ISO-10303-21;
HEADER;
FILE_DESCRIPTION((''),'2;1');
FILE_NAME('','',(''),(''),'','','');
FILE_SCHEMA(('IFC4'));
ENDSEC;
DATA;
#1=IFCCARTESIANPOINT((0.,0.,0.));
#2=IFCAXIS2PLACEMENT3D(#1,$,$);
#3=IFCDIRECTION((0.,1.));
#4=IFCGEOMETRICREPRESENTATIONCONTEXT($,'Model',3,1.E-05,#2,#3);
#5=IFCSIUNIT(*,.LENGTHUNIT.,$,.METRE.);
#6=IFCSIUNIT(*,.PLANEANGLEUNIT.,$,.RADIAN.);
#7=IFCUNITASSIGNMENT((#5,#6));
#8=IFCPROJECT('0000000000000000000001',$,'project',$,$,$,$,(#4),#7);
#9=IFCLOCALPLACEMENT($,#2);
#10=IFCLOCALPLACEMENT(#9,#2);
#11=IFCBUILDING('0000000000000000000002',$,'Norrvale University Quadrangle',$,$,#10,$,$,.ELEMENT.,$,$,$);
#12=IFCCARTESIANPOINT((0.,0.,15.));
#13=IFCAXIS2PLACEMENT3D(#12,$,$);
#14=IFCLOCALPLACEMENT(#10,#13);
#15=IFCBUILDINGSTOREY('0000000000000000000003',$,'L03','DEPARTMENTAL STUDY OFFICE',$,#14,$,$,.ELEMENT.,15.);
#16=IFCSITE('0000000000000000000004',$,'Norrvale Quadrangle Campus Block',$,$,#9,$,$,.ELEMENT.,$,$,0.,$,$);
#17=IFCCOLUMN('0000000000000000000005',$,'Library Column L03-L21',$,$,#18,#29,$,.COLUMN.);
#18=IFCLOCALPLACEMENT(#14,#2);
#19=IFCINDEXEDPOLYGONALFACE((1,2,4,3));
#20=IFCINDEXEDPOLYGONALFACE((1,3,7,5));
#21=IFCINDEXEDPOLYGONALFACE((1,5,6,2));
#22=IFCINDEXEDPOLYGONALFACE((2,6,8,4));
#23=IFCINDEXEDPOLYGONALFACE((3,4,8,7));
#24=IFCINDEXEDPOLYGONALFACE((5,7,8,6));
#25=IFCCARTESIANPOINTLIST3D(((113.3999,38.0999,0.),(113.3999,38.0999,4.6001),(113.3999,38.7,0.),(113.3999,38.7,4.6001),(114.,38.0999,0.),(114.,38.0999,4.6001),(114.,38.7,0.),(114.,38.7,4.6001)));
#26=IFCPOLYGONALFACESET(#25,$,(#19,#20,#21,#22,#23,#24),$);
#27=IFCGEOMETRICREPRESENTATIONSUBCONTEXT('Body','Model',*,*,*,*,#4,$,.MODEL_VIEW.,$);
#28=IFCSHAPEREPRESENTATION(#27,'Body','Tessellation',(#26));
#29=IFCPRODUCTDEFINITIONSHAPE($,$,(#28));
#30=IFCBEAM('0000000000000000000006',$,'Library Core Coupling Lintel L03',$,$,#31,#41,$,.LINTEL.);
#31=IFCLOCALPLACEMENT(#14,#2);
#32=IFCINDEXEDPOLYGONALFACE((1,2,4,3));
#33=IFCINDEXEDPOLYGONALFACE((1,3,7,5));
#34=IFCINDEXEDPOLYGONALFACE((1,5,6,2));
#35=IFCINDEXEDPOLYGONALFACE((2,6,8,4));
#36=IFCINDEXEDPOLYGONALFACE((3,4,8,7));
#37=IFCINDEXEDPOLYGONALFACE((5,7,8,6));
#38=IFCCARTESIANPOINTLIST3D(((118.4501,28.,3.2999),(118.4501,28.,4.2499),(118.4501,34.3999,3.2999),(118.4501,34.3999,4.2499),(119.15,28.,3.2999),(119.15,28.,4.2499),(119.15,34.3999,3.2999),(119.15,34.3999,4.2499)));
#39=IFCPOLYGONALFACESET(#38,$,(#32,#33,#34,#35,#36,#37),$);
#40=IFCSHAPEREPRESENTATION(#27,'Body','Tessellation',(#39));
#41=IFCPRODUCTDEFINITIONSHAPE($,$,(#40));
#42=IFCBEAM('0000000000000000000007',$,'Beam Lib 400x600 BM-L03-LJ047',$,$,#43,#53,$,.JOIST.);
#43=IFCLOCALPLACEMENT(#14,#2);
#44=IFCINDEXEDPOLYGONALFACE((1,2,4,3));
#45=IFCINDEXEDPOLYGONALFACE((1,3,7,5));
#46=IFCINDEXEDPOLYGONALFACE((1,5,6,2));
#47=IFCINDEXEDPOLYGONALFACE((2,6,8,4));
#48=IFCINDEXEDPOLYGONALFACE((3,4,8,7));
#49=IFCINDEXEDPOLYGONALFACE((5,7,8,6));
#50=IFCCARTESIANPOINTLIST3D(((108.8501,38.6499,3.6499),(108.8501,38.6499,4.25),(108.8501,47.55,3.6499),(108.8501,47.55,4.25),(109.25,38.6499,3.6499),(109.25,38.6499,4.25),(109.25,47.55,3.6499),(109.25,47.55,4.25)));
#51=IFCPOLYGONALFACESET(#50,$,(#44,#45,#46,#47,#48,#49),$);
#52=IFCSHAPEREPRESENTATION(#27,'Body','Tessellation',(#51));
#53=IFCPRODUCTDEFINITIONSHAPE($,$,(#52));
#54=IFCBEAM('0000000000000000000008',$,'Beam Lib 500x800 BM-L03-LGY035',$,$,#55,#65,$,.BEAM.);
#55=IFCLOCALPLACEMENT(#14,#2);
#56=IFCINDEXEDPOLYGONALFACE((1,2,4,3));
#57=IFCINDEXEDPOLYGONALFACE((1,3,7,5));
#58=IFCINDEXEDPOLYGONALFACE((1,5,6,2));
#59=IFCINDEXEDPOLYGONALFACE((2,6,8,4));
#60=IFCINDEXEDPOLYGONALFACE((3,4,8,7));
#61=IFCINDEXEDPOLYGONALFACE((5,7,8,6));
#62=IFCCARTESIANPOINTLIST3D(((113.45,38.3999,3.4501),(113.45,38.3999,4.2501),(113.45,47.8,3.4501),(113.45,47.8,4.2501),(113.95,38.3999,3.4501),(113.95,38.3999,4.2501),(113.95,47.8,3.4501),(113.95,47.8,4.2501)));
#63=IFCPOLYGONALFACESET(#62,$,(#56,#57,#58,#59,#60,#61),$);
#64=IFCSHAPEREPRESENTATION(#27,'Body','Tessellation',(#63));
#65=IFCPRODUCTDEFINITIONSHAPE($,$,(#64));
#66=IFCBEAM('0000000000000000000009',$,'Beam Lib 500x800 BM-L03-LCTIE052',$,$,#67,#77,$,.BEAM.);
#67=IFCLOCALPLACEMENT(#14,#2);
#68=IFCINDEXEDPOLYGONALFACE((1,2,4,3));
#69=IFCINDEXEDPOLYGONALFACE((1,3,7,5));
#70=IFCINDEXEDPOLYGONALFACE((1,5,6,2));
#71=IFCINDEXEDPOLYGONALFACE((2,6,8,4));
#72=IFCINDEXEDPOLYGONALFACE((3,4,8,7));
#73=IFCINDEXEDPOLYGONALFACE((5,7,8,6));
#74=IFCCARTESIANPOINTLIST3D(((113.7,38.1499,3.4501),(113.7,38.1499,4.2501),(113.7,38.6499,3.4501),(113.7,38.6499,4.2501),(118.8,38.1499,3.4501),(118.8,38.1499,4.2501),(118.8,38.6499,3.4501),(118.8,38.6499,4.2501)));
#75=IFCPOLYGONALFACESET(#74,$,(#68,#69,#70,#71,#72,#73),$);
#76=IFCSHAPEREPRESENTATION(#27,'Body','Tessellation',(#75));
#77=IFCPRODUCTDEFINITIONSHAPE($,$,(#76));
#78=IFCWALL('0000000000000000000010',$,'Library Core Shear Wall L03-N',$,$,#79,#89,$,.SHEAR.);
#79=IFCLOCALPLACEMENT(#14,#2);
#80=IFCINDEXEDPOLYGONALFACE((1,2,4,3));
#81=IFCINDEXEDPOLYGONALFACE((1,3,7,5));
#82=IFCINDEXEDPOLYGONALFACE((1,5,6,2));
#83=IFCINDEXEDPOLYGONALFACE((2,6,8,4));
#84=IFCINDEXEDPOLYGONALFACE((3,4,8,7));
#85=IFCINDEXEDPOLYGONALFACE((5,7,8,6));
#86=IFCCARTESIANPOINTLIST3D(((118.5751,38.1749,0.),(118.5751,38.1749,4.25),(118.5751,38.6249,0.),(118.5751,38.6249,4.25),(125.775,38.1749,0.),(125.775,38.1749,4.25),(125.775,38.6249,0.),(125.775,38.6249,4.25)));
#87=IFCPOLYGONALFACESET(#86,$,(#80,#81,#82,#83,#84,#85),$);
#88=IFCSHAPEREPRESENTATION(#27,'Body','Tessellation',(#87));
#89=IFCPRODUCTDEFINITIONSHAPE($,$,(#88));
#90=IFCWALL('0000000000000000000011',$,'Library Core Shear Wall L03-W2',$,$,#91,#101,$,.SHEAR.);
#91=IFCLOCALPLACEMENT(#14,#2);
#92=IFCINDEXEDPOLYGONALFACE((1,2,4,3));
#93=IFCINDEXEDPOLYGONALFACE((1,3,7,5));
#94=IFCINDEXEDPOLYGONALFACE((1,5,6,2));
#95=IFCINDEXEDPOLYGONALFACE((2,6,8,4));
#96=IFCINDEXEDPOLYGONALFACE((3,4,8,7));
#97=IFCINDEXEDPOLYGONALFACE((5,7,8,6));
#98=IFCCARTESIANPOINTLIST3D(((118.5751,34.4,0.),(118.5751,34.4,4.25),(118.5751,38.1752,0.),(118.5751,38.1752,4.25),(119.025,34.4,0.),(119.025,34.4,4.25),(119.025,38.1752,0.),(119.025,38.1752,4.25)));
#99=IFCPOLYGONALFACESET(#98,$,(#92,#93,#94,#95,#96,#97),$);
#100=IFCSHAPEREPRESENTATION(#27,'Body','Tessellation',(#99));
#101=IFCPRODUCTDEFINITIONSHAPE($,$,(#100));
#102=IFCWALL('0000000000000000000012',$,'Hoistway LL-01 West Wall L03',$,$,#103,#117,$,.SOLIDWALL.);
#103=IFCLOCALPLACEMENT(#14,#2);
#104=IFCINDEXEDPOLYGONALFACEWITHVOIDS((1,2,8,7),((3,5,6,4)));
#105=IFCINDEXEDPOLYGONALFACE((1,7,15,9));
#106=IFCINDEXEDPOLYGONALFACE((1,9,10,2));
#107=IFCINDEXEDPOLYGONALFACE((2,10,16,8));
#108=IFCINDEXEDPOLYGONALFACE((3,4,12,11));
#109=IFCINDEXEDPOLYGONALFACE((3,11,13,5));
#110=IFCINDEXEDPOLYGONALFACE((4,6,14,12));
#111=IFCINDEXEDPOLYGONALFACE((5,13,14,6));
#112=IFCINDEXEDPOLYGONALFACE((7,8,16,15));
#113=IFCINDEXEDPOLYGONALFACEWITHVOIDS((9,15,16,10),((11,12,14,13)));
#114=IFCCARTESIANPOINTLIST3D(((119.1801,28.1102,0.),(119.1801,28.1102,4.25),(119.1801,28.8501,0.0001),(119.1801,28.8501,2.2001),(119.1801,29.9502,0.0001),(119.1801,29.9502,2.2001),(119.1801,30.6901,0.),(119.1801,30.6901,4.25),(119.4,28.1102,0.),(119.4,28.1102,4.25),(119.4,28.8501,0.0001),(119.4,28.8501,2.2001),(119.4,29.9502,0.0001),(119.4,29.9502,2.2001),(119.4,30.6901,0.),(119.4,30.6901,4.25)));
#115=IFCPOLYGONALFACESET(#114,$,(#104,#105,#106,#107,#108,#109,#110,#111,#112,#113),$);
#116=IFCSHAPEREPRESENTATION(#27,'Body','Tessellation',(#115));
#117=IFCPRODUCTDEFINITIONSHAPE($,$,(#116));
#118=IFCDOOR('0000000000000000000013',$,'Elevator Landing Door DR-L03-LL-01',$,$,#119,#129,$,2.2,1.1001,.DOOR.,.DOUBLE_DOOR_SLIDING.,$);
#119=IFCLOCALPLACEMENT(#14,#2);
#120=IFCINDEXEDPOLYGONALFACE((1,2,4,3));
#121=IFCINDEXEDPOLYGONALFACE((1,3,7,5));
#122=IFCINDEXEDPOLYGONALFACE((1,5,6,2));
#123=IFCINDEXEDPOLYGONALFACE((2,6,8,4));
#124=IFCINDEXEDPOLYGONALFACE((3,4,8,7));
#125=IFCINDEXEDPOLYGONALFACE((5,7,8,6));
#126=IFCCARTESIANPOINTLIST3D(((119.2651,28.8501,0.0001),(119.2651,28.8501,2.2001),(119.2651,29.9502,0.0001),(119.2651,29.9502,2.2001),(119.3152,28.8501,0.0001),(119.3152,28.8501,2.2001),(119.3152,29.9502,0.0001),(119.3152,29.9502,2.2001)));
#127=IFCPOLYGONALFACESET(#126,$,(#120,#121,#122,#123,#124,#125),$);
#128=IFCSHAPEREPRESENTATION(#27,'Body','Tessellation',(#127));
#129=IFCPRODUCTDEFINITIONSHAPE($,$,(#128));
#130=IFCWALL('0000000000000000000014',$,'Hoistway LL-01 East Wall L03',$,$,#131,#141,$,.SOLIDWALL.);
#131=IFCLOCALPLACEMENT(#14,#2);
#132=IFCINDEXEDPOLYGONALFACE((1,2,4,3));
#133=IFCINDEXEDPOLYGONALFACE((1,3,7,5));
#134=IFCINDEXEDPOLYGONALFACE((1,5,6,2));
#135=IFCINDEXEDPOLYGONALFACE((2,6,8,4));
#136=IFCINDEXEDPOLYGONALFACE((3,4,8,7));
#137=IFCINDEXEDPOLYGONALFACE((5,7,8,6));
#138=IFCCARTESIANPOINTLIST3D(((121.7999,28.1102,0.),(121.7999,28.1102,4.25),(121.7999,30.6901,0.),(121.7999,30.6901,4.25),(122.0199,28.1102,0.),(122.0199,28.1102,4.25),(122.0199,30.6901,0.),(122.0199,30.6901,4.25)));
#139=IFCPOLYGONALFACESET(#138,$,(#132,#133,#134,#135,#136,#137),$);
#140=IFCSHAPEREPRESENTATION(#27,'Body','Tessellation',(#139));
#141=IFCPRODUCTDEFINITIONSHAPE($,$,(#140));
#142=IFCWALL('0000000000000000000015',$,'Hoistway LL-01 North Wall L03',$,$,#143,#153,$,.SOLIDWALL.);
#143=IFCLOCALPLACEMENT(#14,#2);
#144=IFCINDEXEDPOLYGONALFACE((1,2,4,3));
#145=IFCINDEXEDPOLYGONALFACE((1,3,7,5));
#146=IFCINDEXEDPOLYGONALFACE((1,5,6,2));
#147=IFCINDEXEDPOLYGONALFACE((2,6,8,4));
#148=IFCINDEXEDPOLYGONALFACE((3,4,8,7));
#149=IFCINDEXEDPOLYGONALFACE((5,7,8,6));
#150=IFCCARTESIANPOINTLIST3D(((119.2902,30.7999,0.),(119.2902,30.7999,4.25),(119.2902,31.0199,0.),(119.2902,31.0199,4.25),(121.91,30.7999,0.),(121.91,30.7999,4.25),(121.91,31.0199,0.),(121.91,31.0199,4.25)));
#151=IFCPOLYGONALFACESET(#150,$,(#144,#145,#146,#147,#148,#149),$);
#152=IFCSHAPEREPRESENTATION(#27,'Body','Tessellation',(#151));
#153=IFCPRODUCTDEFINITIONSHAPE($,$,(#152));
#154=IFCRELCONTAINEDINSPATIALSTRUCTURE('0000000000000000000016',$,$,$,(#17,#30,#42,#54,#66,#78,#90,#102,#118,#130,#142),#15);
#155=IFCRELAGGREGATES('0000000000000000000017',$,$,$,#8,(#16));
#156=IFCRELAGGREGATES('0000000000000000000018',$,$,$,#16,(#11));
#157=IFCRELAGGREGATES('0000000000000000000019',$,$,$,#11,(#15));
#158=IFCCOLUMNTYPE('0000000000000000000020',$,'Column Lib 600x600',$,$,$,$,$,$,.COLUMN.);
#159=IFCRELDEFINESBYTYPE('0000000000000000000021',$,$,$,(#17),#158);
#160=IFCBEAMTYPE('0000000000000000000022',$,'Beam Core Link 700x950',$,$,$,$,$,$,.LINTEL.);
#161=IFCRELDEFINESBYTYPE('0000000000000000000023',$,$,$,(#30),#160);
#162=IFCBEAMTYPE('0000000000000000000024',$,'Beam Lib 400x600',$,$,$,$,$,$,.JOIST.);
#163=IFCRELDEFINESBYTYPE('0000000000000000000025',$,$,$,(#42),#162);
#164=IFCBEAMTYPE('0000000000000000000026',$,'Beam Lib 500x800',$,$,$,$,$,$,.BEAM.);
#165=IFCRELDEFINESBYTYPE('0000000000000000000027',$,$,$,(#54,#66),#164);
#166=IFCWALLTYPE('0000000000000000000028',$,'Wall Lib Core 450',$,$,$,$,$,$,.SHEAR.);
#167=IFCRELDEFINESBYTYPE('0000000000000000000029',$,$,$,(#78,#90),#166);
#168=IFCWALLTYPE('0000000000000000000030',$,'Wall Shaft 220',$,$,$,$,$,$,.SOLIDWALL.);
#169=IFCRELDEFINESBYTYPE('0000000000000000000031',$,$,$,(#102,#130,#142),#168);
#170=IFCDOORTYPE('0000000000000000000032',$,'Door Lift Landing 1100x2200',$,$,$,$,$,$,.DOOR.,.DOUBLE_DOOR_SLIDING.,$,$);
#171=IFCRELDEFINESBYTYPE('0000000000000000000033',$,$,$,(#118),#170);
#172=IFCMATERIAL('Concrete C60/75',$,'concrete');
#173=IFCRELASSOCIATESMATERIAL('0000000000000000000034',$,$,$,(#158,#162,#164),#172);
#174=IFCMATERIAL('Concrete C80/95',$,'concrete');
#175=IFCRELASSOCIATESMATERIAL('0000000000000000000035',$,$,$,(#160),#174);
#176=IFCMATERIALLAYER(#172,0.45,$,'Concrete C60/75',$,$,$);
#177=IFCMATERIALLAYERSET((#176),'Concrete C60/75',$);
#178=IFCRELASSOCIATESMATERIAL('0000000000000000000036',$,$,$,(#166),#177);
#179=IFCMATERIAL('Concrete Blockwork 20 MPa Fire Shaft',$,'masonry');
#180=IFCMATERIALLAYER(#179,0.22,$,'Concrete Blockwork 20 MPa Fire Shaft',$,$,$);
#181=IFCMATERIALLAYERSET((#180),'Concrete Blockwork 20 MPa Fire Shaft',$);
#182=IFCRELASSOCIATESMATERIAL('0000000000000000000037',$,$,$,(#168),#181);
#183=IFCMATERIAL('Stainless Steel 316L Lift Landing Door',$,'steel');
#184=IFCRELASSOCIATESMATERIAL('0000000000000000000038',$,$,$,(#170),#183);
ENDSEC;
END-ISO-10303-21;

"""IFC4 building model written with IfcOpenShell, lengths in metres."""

from ifc_helpers import new_model, si_unit, direction, frame, frame_2d, origin, origin_2d, place, context, subcontext, project, spatial, rectangle, extrude, material, layer, layer_set, material_profile, profile_set, type_object, element, fill, save


model = new_model("IFC4")

# Units and contexts
model_context = context("Model", 3, precision=1e-05, world=origin(), true_north=direction((0.0, 1.0)))
body_context = subcontext(model_context, "Body", "Model", "MODEL_VIEW")
ifc_project = project(units=[si_unit("LENGTHUNIT", "METRE"), si_unit("PLANEANGLEUNIT", "RADIAN")], contexts=[model_context])

# Site, building, storey
site_placement = place(None, origin())
site = spatial("IfcSite", under=ifc_project, at=site_placement, Name="Norrvale Quadrangle Campus Block", CompositionType="ELEMENT", RefElevation=0.0)
building_placement = place(site_placement, origin())
building = spatial("IfcBuilding", under=site, at=building_placement, Name="Norrvale University Quadrangle", CompositionType="ELEMENT")
storey_placement = place(building_placement, frame((0.0, 0.0, 15.0)))
storey = spatial("IfcBuildingStorey", under=building, at=storey_placement, Name="L03", Description="DEPARTMENTAL STUDY OFFICE", CompositionType="ELEMENT", Elevation=15.0)

# Column
ifc_material_1 = material(Name="Concrete C60/75", Category="concrete")
ifc_material_profile_1 = material_profile(ifc_material_1, rectangle(XDim=0.6001, YDim=0.6001, at=origin_2d()), Name="Concrete C60/75")
ifc_profile_set_1 = profile_set([ifc_material_profile_1], Name="Concrete C60/75")
column_type = type_object("IfcColumnType", Name="Column Lib 600x600", PredefinedType="COLUMN", material=ifc_profile_set_1)
column_placement = place(storey_placement, frame((113.7, 38.3999, 0.0), z_axis=(0.0, 0.0, 1.0), x_axis=(1.0, 0.0, 0.0)))
element("IfcColumn", 1, at=column_placement, inside=storey, type_object=column_type, Name="Library Column L03-L21", PredefinedType="COLUMN", context=body_context, shape_type="SweptSolid", body=[
    extrude(rectangle(XDim=0.6001, YDim=0.6001, at=origin_2d()), origin(), (0.0, 0.0, 1.0), 4.6001),
])

# Beams
ifc_material_2 = material(Name="Concrete C80/95", Category="concrete")
ifc_material_profile_2 = material_profile(ifc_material_2, rectangle(XDim=0.7, YDim=0.95, at=origin_2d()), Name="Concrete C80/95")
ifc_profile_set_2 = profile_set([ifc_material_profile_2], Name="Concrete C80/95")
beam_type_1 = type_object("IfcBeamType", Name="Beam Core Link 700x950", PredefinedType="LINTEL", material=ifc_profile_set_2)
beam_1_placement = place(storey_placement, frame((118.8, 28.0, 3.7749), z_axis=(0.0, 1.0, 0.0), x_axis=(-1.0, 0.0, 0.0)))
element("IfcBeam", 2, at=beam_1_placement, inside=storey, type_object=beam_type_1, Name="Library Core Coupling Lintel L03", PredefinedType="LINTEL", context=body_context, shape_type="SweptSolid", body=[
    extrude(rectangle(XDim=0.7, YDim=0.95, at=origin_2d()), origin(), (0.0, 0.0, 1.0), 6.3999),
])
ifc_material_profile_3 = material_profile(ifc_material_1, rectangle(XDim=0.3999, YDim=0.6001, at=origin_2d()), Name="Concrete C60/75")
ifc_profile_set_3 = profile_set([ifc_material_profile_3], Name="Concrete C60/75")
beam_type_2 = type_object("IfcBeamType", Name="Beam Lib 400x600", PredefinedType="JOIST", material=ifc_profile_set_3)
beam_2_placement = place(storey_placement, frame((109.05, 38.6499, 3.95), z_axis=(0.0, 1.0, 0.0), x_axis=(-1.0, 0.0, 0.0)))
element("IfcBeam", 3, at=beam_2_placement, inside=storey, type_object=beam_type_2, Name="Beam Lib 400x600 BM-L03-LJ047", PredefinedType="JOIST", context=body_context, shape_type="SweptSolid", body=[
    extrude(rectangle(XDim=0.3999, YDim=0.6001, at=origin_2d()), origin(), (0.0, 0.0, 1.0), 8.9001),
])
ifc_material_profile_4 = material_profile(ifc_material_1, rectangle(XDim=0.5, YDim=0.8, at=origin_2d()), Name="Concrete C60/75")
ifc_profile_set_4 = profile_set([ifc_material_profile_4], Name="Concrete C60/75")
beam_type_3 = type_object("IfcBeamType", Name="Beam Lib 500x800", PredefinedType="BEAM", material=ifc_profile_set_4)
beam_3_placement = place(storey_placement, frame((113.7, 38.3999, 3.8501), z_axis=(0.0, 1.0, 0.0), x_axis=(-1.0, 0.0, 0.0)))
element("IfcBeam", 4, at=beam_3_placement, inside=storey, type_object=beam_type_3, Name="Beam Lib 500x800 BM-L03-LGY035", PredefinedType="BEAM", context=body_context, shape_type="SweptSolid", body=[
    extrude(rectangle(XDim=0.5, YDim=0.8, at=origin_2d()), origin(), (0.0, 0.0, 1.0), 9.4001),
])
beam_4_placement = place(storey_placement, frame((113.7, 38.3999, 3.8501), z_axis=(1.0, 0.0, 0.0), x_axis=(0.0, 1.0, 0.0)))
element("IfcBeam", 5, at=beam_4_placement, inside=storey, type_object=beam_type_3, Name="Beam Lib 500x800 BM-L03-LCTIE052", PredefinedType="BEAM", context=body_context, shape_type="SweptSolid", body=[
    extrude(rectangle(XDim=0.5, YDim=0.8, at=origin_2d()), origin(), (0.0, 0.0, 1.0), 5.1001),
])

# Walls
ifc_layer_1 = layer(ifc_material_1, 0.45, Name="Concrete C60/75")
ifc_layer_set_1 = layer_set([ifc_layer_1], Name="Concrete C60/75")
wall_type_1 = type_object("IfcWallType", Name="Wall Lib Core 450", PredefinedType="SHEAR", material=ifc_layer_set_1)
wall_1_placement = place(storey_placement, frame((118.575, 38.3999, 0.0), z_axis=(0.0, 0.0, 1.0), x_axis=(1.0, 0.0, 0.0)))
element("IfcWall", 6, at=wall_1_placement, inside=storey, type_object=wall_type_1, Name="Library Core Shear Wall L03-N", PredefinedType="SHEAR", context=body_context, shape_type="SweptSolid", body=[
    extrude(rectangle(XDim=7.2, YDim=0.45, at=frame_2d((3.6001, 0.0))), origin(), (0.0, 0.0, 1.0), 4.25),
])
wall_2_placement = place(storey_placement, frame((118.8, 34.3999, 0.0), z_axis=(0.0, 0.0, 1.0), x_axis=(0.0, 1.0, 0.0)))
element("IfcWall", 7, at=wall_2_placement, inside=storey, type_object=wall_type_1, Name="Library Core Shear Wall L03-W2", PredefinedType="SHEAR", context=body_context, shape_type="SweptSolid", body=[
    extrude(rectangle(XDim=3.7751, YDim=0.45, at=frame_2d((1.8877, 0.0))), origin(), (0.0, 0.0, 1.0), 4.25),
])

# Wall, opening, door
ifc_material_3 = material(Name="Concrete Blockwork 20 MPa Fire Shaft", Category="masonry")
ifc_layer_2 = layer(ifc_material_3, 0.22, Name="Concrete Blockwork 20 MPa Fire Shaft")
ifc_layer_set_2 = layer_set([ifc_layer_2], Name="Concrete Blockwork 20 MPa Fire Shaft")
wall_type_2 = type_object("IfcWallType", Name="Wall Shaft 220", PredefinedType="SOLIDWALL", material=ifc_layer_set_2)
wall_3_placement = place(storey_placement, frame((119.29, 28.1101, 0.0), z_axis=(0.0, 0.0, 1.0), x_axis=(0.0, 1.0, 0.0)))
wall_3 = element("IfcWall", 8, at=wall_3_placement, inside=storey, type_object=wall_type_2, Name="Hoistway LL-01 West Wall L03", PredefinedType="SOLIDWALL", context=body_context, shape_type="SweptSolid", body=[
    extrude(rectangle(XDim=2.5798, YDim=0.22, at=frame_2d((1.29, 0.0))), origin(), (0.0, 0.0, 1.0), 4.25),
])
opening_1_placement = place(wall_3_placement, frame((0.74, 0.0, 0.0)))
opening_1 = element("IfcOpeningElement", 9, at=opening_1_placement, cuts=wall_3, PredefinedType="OPENING", context=body_context, shape_type="SweptSolid", body=[
    extrude(rectangle(XDim=1.1001, YDim=2.2, at=frame_2d((0.55, 1.1001))), frame((0.0, 0.1221, 0.0), z_axis=(0.0, -1.0, 0.0), x_axis=(1.0, 0.0, 0.0)), (0.0, 0.0, 1.0), 0.2439),
])
ifc_material_4 = material(Name="Stainless Steel 316L Lift Landing Door", Category="steel")
door_type_1 = type_object("IfcDoorType", Name="Door Lift Landing 1100x2200", OperationType="DOUBLE_DOOR_SLIDING", PredefinedType="DOOR", material=ifc_material_4)
door_1_placement = place(opening_1_placement, origin())
door_1 = element("IfcDoor", 10, at=door_1_placement, inside=storey, type_object=door_type_1, Name="Elevator Landing Door DR-L03-LL-01", OperationType="DOUBLE_DOOR_SLIDING", OverallHeight=2.2, OverallWidth=1.1001, PredefinedType="DOOR", context=body_context, shape_type="SweptSolid", body=[
    extrude(rectangle(XDim=1.1001, YDim=2.2, at=frame_2d((0.55, 1.1001))), frame((0.0, 0.0249, 0.0), z_axis=(0.0, -1.0, 0.0), x_axis=(1.0, 0.0, 0.0)), (0.0, 0.0, 1.0), 0.05),
])
fill(opening_1, door_1)

# Walls
wall_4_placement = place(storey_placement, frame((121.9099, 28.1101, 0.0), z_axis=(0.0, 0.0, 1.0), x_axis=(0.0, 1.0, 0.0)))
element("IfcWall", 11, at=wall_4_placement, inside=storey, type_object=wall_type_2, Name="Hoistway LL-01 East Wall L03", PredefinedType="SOLIDWALL", context=body_context, shape_type="SweptSolid", body=[
    extrude(rectangle(XDim=2.5798, YDim=0.22, at=frame_2d((1.29, 0.0))), origin(), (0.0, 0.0, 1.0), 4.25),
])
wall_5_placement = place(storey_placement, frame((119.29, 30.9099, 0.0), z_axis=(0.0, 0.0, 1.0), x_axis=(1.0, 0.0, 0.0)))
element("IfcWall", 12, at=wall_5_placement, inside=storey, type_object=wall_type_2, Name="Hoistway LL-01 North Wall L03", PredefinedType="SOLIDWALL", context=body_context, shape_type="SweptSolid", body=[
    extrude(rectangle(XDim=2.6199, YDim=0.22, at=frame_2d((1.3101, 0.0))), origin(), (0.0, 0.0, 1.0), 4.25),
])

save(model, "model.ifc")
